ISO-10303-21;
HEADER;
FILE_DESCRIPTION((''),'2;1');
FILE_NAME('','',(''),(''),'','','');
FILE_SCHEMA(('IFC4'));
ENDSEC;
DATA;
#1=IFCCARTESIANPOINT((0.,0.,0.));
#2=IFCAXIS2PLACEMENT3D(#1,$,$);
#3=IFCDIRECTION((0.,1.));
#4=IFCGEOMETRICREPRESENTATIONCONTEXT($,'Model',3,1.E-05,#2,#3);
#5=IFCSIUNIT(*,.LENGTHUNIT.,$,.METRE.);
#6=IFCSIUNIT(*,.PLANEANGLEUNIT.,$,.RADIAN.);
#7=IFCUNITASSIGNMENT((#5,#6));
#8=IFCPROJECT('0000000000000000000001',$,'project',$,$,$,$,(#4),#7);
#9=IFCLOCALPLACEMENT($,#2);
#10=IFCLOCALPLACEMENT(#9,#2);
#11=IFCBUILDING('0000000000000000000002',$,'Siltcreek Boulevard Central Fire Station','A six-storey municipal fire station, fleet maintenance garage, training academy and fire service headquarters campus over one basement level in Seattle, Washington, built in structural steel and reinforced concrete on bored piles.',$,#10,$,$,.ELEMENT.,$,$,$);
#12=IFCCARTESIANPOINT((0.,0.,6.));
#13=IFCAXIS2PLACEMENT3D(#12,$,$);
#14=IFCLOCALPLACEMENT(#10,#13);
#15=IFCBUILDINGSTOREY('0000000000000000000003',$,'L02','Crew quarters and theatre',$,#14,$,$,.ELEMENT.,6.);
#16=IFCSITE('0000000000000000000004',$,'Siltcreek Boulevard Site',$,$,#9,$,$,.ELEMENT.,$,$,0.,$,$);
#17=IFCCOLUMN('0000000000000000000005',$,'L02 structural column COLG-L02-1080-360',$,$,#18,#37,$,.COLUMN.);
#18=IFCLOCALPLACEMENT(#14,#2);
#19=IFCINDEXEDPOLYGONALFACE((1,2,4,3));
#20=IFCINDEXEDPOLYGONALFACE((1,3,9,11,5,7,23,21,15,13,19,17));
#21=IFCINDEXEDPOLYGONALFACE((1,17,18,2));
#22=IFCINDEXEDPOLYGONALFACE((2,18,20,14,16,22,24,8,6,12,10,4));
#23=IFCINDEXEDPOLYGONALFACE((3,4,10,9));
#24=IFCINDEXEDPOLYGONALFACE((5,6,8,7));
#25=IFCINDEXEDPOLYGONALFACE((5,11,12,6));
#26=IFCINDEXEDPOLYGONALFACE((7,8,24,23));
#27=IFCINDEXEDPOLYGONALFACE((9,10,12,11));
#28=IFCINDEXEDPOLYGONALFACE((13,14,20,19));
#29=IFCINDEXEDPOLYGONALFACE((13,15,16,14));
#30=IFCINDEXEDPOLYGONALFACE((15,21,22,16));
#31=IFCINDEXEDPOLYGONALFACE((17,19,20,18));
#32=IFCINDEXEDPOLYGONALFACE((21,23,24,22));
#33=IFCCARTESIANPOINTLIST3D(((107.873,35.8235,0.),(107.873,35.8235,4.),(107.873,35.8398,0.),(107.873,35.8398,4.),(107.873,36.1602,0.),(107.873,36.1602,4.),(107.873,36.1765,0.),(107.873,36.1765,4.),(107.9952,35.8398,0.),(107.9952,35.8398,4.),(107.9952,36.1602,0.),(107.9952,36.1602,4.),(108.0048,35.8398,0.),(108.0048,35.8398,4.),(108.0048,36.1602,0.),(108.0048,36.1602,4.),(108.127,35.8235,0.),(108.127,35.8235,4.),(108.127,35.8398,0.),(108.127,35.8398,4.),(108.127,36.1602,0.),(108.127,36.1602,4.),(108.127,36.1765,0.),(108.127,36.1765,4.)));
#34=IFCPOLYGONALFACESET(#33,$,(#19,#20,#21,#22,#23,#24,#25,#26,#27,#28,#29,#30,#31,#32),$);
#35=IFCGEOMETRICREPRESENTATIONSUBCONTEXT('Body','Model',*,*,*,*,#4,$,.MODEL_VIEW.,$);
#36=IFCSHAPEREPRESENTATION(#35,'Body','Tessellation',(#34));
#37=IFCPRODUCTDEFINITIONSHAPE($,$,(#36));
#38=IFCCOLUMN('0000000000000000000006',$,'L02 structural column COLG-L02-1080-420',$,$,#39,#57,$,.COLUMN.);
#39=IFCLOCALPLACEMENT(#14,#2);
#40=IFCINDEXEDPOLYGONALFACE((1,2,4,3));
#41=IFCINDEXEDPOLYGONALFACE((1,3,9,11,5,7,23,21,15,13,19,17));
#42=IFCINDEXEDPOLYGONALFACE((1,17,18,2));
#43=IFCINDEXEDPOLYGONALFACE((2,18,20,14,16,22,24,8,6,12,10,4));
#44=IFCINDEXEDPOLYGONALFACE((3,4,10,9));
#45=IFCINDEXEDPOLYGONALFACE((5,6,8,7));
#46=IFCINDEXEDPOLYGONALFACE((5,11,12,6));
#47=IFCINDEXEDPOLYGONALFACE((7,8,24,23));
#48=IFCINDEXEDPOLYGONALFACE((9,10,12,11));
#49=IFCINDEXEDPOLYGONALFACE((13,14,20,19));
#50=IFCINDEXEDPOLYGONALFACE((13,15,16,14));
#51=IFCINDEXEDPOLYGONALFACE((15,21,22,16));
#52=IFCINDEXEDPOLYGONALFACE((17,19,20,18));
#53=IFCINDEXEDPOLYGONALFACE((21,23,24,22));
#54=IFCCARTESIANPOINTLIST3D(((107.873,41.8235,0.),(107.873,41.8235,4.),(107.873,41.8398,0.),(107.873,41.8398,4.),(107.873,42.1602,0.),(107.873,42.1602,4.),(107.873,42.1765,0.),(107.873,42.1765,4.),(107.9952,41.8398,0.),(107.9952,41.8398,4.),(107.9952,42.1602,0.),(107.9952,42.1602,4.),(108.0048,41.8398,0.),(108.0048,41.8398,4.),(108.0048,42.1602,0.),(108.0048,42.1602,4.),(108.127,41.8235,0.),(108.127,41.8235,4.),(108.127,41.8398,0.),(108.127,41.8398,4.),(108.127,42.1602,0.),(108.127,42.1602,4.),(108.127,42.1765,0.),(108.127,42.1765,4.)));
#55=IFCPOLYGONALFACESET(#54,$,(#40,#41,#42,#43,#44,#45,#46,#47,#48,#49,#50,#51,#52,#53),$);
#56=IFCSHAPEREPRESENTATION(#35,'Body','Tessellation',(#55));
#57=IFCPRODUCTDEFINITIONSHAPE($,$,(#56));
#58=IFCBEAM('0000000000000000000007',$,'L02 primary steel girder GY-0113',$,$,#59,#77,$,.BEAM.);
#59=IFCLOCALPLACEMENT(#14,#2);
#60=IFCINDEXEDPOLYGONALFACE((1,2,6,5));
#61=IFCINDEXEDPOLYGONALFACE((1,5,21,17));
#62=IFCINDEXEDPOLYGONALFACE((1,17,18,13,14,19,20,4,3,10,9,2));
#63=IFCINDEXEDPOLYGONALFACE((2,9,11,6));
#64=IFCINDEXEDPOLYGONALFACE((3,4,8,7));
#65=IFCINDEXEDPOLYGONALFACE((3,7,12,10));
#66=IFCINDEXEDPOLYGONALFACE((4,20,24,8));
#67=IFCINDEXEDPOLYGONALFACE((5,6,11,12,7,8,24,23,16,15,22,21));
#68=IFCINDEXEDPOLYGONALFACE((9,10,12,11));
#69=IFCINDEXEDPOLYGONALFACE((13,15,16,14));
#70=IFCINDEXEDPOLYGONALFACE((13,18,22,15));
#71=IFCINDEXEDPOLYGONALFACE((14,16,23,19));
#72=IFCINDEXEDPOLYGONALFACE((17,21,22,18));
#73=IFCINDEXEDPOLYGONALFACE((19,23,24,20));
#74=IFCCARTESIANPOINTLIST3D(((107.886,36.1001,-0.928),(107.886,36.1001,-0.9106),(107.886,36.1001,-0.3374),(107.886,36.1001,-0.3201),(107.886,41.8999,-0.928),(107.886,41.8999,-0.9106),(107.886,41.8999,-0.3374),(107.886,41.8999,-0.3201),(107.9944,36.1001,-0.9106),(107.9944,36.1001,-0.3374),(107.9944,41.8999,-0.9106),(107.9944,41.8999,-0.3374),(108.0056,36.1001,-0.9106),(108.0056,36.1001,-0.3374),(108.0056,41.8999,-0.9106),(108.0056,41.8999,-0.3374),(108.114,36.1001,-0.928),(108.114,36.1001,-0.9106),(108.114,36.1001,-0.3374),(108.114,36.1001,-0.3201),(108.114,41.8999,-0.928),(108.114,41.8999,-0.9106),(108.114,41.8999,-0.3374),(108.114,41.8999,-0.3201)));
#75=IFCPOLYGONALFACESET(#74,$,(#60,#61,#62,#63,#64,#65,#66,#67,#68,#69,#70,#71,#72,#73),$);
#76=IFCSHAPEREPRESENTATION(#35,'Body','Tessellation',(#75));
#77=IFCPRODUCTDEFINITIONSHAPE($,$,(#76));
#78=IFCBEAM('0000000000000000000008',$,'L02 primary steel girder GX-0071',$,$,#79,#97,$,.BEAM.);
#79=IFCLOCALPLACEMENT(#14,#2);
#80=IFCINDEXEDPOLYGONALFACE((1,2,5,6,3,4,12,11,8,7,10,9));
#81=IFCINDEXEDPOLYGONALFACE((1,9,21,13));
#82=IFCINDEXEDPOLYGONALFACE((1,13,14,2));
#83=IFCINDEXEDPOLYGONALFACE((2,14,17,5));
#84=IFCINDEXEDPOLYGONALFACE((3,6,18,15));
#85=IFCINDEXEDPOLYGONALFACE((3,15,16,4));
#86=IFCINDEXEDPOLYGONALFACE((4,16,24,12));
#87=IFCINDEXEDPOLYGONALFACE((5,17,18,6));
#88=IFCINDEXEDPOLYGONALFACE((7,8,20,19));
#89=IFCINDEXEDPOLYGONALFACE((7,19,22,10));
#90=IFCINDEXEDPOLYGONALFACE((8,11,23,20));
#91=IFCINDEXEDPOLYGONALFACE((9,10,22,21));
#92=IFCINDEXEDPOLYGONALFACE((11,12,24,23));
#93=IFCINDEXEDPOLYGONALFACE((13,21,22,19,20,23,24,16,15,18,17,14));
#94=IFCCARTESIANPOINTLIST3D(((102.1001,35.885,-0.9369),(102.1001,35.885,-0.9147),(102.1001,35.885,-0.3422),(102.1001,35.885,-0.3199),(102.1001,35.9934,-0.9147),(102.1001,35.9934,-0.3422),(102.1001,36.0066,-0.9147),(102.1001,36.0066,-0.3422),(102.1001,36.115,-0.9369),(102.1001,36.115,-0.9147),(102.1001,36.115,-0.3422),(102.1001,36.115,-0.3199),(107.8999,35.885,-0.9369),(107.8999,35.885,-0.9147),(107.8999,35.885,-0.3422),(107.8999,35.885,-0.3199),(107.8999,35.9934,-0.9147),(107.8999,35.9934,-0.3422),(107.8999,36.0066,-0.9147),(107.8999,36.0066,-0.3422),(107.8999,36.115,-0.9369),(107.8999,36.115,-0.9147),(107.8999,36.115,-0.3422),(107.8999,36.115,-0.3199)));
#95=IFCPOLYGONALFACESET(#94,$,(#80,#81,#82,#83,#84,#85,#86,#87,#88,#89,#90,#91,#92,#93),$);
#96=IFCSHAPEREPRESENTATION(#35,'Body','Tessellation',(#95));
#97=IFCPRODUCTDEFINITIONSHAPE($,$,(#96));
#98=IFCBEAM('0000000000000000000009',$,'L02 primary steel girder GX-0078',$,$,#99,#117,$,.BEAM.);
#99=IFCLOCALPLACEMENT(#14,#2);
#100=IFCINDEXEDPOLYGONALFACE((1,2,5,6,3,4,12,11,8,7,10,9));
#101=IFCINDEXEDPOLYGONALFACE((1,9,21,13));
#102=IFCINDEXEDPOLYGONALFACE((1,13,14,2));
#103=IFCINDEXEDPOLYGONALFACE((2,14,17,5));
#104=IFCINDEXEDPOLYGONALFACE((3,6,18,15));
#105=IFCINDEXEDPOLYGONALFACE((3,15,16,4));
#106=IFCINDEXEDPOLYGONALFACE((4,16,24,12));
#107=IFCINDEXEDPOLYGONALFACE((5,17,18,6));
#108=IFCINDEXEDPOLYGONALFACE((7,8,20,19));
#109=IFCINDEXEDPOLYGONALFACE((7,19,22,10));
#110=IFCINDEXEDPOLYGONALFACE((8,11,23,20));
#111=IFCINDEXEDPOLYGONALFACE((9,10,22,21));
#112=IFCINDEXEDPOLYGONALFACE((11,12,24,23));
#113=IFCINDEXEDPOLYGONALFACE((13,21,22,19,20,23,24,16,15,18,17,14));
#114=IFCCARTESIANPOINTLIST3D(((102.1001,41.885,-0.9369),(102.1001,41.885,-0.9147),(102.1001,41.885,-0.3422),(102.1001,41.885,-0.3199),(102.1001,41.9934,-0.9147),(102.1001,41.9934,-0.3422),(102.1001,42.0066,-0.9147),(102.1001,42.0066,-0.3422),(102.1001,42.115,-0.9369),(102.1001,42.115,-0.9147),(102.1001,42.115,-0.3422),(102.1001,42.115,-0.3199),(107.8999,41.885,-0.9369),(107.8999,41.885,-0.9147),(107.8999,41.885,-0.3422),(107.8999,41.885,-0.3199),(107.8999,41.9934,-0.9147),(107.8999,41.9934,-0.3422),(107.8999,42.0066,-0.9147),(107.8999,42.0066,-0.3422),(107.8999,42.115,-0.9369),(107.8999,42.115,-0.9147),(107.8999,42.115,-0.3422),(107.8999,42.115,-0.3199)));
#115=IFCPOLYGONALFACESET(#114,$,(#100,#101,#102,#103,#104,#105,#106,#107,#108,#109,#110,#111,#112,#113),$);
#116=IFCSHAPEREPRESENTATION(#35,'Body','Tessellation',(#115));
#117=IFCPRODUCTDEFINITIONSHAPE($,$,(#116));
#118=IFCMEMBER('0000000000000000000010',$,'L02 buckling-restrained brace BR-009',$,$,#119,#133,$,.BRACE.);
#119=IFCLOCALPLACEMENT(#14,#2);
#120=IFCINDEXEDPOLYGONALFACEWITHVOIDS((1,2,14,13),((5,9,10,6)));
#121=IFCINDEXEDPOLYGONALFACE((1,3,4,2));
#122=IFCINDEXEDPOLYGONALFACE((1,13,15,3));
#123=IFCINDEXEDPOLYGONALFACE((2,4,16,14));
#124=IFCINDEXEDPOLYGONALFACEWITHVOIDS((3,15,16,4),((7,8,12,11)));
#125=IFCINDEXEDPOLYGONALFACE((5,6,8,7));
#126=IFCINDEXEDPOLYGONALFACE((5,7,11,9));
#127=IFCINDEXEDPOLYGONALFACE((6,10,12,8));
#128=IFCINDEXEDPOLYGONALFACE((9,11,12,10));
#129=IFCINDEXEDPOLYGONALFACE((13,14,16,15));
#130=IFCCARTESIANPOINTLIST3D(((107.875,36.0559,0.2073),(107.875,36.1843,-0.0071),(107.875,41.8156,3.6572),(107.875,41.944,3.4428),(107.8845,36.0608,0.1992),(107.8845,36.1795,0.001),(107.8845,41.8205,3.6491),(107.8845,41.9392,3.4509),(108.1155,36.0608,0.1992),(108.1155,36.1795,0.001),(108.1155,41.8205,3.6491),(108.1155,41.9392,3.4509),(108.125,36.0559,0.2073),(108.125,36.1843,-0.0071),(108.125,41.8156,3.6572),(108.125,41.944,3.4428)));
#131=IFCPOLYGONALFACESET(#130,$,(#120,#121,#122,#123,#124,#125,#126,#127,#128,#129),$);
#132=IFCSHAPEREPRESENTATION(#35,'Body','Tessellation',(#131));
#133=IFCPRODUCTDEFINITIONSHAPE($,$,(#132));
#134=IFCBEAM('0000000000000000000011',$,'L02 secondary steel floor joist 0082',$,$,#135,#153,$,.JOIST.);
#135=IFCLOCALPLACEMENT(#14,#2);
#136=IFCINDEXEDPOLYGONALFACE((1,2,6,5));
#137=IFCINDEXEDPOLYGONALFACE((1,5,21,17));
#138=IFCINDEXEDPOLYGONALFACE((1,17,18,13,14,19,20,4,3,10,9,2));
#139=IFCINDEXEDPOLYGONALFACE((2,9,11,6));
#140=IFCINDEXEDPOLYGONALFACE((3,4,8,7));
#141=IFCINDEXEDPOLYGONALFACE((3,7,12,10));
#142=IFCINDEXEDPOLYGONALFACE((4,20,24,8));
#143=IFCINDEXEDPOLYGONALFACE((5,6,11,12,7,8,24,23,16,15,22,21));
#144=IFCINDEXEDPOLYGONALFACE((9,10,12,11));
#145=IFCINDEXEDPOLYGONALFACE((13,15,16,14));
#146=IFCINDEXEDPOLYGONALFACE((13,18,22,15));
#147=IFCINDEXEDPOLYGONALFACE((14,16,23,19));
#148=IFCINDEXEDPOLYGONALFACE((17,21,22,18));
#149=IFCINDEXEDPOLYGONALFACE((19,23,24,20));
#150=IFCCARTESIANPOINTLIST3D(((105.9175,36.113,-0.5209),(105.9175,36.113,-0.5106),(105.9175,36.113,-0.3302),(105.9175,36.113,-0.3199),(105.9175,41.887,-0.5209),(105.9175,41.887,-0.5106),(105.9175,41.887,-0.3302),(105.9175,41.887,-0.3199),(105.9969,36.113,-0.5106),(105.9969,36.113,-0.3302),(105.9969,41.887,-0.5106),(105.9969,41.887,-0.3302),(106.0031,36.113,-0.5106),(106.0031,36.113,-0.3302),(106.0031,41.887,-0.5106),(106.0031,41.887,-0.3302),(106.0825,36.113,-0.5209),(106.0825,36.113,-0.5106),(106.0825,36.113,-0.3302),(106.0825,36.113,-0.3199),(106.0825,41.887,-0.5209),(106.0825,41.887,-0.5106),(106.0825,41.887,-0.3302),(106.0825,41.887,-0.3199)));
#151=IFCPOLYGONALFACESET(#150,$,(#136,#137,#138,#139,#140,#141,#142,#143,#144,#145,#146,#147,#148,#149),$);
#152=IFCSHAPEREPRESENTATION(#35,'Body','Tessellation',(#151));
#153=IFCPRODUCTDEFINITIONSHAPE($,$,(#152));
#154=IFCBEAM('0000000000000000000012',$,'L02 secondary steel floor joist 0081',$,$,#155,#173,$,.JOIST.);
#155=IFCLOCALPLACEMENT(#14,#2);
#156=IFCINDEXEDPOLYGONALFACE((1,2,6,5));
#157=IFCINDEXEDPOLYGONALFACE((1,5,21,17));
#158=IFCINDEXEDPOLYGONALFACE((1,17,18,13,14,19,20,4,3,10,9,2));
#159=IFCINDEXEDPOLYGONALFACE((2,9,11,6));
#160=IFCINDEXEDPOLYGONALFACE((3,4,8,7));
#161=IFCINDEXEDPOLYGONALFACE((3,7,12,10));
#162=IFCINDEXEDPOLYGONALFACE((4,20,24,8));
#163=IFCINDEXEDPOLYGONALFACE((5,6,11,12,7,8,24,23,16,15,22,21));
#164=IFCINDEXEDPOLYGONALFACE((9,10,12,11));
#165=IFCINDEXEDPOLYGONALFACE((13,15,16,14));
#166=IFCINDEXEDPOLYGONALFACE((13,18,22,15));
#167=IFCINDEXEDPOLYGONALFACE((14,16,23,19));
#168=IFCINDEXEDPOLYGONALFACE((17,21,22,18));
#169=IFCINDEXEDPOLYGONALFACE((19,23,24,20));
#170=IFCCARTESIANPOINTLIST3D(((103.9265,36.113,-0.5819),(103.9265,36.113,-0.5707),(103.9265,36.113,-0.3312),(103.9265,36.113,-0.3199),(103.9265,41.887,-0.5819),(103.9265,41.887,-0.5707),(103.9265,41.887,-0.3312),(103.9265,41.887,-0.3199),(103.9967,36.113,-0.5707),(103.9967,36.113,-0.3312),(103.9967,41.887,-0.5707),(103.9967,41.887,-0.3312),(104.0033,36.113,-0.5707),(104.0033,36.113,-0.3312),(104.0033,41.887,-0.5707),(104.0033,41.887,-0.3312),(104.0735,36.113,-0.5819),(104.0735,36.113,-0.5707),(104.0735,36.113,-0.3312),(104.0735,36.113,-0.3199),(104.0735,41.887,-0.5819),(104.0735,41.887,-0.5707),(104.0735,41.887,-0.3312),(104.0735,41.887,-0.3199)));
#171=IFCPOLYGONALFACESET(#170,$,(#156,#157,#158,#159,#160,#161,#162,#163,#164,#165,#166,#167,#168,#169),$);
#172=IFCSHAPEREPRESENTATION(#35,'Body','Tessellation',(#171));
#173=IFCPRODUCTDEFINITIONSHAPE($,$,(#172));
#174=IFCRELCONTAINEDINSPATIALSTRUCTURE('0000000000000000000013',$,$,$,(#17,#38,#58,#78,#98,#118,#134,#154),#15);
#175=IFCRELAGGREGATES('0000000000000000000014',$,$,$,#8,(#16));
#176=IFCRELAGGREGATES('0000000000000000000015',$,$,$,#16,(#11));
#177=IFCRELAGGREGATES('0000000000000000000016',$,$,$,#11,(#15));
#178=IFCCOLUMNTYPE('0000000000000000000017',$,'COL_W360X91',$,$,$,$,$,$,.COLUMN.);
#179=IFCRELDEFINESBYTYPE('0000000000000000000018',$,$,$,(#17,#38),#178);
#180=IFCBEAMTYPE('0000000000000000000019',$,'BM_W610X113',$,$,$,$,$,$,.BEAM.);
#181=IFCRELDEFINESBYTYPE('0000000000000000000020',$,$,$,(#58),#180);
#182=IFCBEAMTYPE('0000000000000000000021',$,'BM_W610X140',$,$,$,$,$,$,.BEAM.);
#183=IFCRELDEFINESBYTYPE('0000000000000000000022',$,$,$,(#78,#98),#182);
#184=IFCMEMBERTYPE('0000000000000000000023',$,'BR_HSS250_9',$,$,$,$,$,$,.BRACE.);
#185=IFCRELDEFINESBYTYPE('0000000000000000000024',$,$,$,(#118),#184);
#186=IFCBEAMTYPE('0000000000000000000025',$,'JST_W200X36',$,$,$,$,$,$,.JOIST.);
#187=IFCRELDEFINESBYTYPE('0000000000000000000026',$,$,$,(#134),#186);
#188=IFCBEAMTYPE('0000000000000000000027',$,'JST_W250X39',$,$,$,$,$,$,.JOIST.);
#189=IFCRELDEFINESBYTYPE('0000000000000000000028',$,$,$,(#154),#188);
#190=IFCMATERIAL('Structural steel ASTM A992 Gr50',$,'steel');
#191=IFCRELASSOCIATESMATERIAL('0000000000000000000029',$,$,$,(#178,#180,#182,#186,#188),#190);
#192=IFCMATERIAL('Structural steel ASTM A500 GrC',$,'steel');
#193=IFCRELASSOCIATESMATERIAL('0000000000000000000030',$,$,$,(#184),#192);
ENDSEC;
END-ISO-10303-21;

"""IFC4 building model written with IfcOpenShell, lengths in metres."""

from ifc_helpers import new_model, si_unit, direction, frame, origin, origin_2d, place, context, subcontext, project, spatial, hollow_rectangle, i_section, extrude, material, material_profile, profile_set, type_object, element, save


model = new_model("IFC4")

# Units and contexts
model_context = context("Model", 3, precision=1e-05, world=origin(), true_north=direction((0.0, 1.0)))
body_context = subcontext(model_context, "Body", "Model", "MODEL_VIEW")
ifc_project = project(units=[si_unit("LENGTHUNIT", "METRE"), si_unit("PLANEANGLEUNIT", "RADIAN")], contexts=[model_context])

# Site, building, storey
site_placement = place(None, origin())
site = spatial("IfcSite", under=ifc_project, at=site_placement, Name="Siltcreek Boulevard Site", CompositionType="ELEMENT", RefElevation=0.0)
building_placement = place(site_placement, origin())
building = spatial("IfcBuilding", under=site, at=building_placement, Name="Siltcreek Boulevard Central Fire Station", Description="A six-storey municipal fire station, fleet maintenance garage, training academy and fire service headquarters campus over one basement level in Seattle, Washington, built in structural steel and reinforced concrete on bored piles.", CompositionType="ELEMENT")
storey_placement = place(building_placement, frame((0.0, 0.0, 6.0)))
storey = spatial("IfcBuildingStorey", under=building, at=storey_placement, Name="L02", Description="Crew quarters and theatre", CompositionType="ELEMENT", Elevation=6.0)

# Columns
ifc_material_1 = material(Name="Structural steel ASTM A992 Gr50", Category="steel")
ifc_material_profile_1 = material_profile(ifc_material_1, i_section(OverallWidth=0.2539, OverallDepth=0.353, WebThickness=0.0095, FlangeThickness=0.0164, at=origin_2d()), Name="W360X91")
ifc_profile_set_1 = profile_set([ifc_material_profile_1], Name="Structural steel ASTM A992 Gr50")
column_type = type_object("IfcColumnType", Name="COL_W360X91", PredefinedType="COLUMN", material=ifc_profile_set_1)
for number, where, z_axis, x_axis, name in (
    (1, (108.0, 36.0, 0.0), (0.0, 0.0, 1.0), (1.0, 0.0, 0.0), "L02 structural column COLG-L02-1080-360"),
    (2, (108.0, 42.0, 0.0), (0.0, 0.0, 1.0), (1.0, 0.0, 0.0), "L02 structural column COLG-L02-1080-420"),
):
    element("IfcColumn", number, at=place(storey_placement, frame(where, z_axis=z_axis, x_axis=x_axis)), inside=storey, type_object=column_type, Name=name, PredefinedType="COLUMN", context=body_context, shape_type="SweptSolid", body=[
        extrude(i_section(OverallWidth=0.2539, OverallDepth=0.353, WebThickness=0.0095, FlangeThickness=0.0164, at=origin_2d()), origin(), (0.0, 0.0, 1.0), 4.0),
    ])

# Beams
ifc_material_profile_2 = material_profile(ifc_material_1, i_section(OverallWidth=0.228, OverallDepth=0.6079, WebThickness=0.0112, FlangeThickness=0.0173, at=origin_2d()), Name="W610X113")
ifc_profile_set_2 = profile_set([ifc_material_profile_2], Name="Structural steel ASTM A992 Gr50")
beam_type_1 = type_object("IfcBeamType", Name="BM_W610X113", PredefinedType="BEAM", material=ifc_profile_set_2)
beam_1_placement = place(storey_placement, frame((108.0, 36.1001, -0.624), z_axis=(0.0, 1.0, 0.0), x_axis=(-1.0, 0.0, 0.0)))
element("IfcBeam", 3, at=beam_1_placement, inside=storey, type_object=beam_type_1, Name="L02 primary steel girder GY-0113", PredefinedType="BEAM", context=body_context, shape_type="SweptSolid", body=[
    extrude(i_section(OverallWidth=0.228, OverallDepth=0.6079, WebThickness=0.0112, FlangeThickness=0.0173, at=origin_2d()), origin(), (0.0, 0.0, 1.0), 5.7998),
])
ifc_material_profile_3 = material_profile(ifc_material_1, i_section(OverallWidth=0.23, OverallDepth=0.6169, WebThickness=0.0132, FlangeThickness=0.0222, at=origin_2d()), Name="W610X140")
ifc_profile_set_3 = profile_set([ifc_material_profile_3], Name="Structural steel ASTM A992 Gr50")
beam_type_2 = type_object("IfcBeamType", Name="BM_W610X140", PredefinedType="BEAM", material=ifc_profile_set_3)
for number, where, z_axis, x_axis, name in (
    (4, (102.1001, 36.0, -0.6284), (1.0, 0.0, 0.0), (0.0, 1.0, 0.0), "L02 primary steel girder GX-0071"),
    (5, (102.1001, 42.0, -0.6284), (1.0, 0.0, 0.0), (0.0, 1.0, 0.0), "L02 primary steel girder GX-0078"),
):
    element("IfcBeam", number, at=place(storey_placement, frame(where, z_axis=z_axis, x_axis=x_axis)), inside=storey, type_object=beam_type_2, Name=name, PredefinedType="BEAM", context=body_context, shape_type="SweptSolid", body=[
        extrude(i_section(OverallWidth=0.23, OverallDepth=0.6169, WebThickness=0.0132, FlangeThickness=0.0222, at=origin_2d()), origin(), (0.0, 0.0, 1.0), 5.7998),
    ])

# Member
ifc_material_2 = material(Name="Structural steel ASTM A500 GrC", Category="steel")
ifc_material_profile_4 = material_profile(ifc_material_2, hollow_rectangle(XDim=0.25, YDim=0.25, WallThickness=0.0095, at=origin_2d()), Name="HSS250X250X9.5")
ifc_profile_set_4 = profile_set([ifc_material_profile_4], Name="Structural steel ASTM A500 GrC")
member_type = type_object("IfcMemberType", Name="BR_HSS250_9", PredefinedType="BRACE", material=ifc_profile_set_4)
member_placement = place(storey_placement, frame((108.0, 36.1201, 0.1001), z_axis=(0.0, 0.857881, 0.513849), x_axis=(-1.0, 0.0, 0.0)))
element("IfcMember", 6, at=member_placement, inside=storey, type_object=member_type, Name="L02 buckling-restrained brace BR-009", PredefinedType="BRACE", context=body_context, shape_type="SweptSolid", body=[
    extrude(hollow_rectangle(XDim=0.25, YDim=0.25, WallThickness=0.0095, at=origin_2d()), origin(), (0.0, 0.0, 1.0), 6.7139),
])

# Beams
ifc_material_profile_5 = material_profile(ifc_material_1, i_section(OverallWidth=0.165, OverallDepth=0.2009, WebThickness=0.0061, FlangeThickness=0.0103, at=origin_2d()), Name="W200X36")
ifc_profile_set_5 = profile_set([ifc_material_profile_5], Name="Structural steel ASTM A992 Gr50")
beam_type_3 = type_object("IfcBeamType", Name="JST_W200X36", PredefinedType="JOIST", material=ifc_profile_set_5)
beam_2_placement = place(storey_placement, frame((106.0, 36.113, -0.4204), z_axis=(0.0, 1.0, 0.0), x_axis=(-1.0, 0.0, 0.0)))
element("IfcBeam", 7, at=beam_2_placement, inside=storey, type_object=beam_type_3, Name="L02 secondary steel floor joist 0082", PredefinedType="JOIST", context=body_context, shape_type="SweptSolid", body=[
    extrude(i_section(OverallWidth=0.165, OverallDepth=0.2009, WebThickness=0.0061, FlangeThickness=0.0103, at=origin_2d()), origin(), (0.0, 0.0, 1.0), 5.7739),
])
ifc_material_profile_6 = material_profile(ifc_material_1, i_section(OverallWidth=0.147, OverallDepth=0.262, WebThickness=0.0066, FlangeThickness=0.0112, at=origin_2d()), Name="W250X39")
ifc_profile_set_6 = profile_set([ifc_material_profile_6], Name="Structural steel ASTM A992 Gr50")
beam_type_4 = type_object("IfcBeamType", Name="JST_W250X39", PredefinedType="JOIST", material=ifc_profile_set_6)
beam_3_placement = place(storey_placement, frame((104.0, 36.113, -0.4509), z_axis=(0.0, 1.0, 0.0), x_axis=(-1.0, 0.0, 0.0)))
element("IfcBeam", 8, at=beam_3_placement, inside=storey, type_object=beam_type_4, Name="L02 secondary steel floor joist 0081", PredefinedType="JOIST", context=body_context, shape_type="SweptSolid", body=[
    extrude(i_section(OverallWidth=0.147, OverallDepth=0.262, WebThickness=0.0066, FlangeThickness=0.0112, at=origin_2d()), origin(), (0.0, 0.0, 1.0), 5.7739),
])

save(model, "model.ifc")
